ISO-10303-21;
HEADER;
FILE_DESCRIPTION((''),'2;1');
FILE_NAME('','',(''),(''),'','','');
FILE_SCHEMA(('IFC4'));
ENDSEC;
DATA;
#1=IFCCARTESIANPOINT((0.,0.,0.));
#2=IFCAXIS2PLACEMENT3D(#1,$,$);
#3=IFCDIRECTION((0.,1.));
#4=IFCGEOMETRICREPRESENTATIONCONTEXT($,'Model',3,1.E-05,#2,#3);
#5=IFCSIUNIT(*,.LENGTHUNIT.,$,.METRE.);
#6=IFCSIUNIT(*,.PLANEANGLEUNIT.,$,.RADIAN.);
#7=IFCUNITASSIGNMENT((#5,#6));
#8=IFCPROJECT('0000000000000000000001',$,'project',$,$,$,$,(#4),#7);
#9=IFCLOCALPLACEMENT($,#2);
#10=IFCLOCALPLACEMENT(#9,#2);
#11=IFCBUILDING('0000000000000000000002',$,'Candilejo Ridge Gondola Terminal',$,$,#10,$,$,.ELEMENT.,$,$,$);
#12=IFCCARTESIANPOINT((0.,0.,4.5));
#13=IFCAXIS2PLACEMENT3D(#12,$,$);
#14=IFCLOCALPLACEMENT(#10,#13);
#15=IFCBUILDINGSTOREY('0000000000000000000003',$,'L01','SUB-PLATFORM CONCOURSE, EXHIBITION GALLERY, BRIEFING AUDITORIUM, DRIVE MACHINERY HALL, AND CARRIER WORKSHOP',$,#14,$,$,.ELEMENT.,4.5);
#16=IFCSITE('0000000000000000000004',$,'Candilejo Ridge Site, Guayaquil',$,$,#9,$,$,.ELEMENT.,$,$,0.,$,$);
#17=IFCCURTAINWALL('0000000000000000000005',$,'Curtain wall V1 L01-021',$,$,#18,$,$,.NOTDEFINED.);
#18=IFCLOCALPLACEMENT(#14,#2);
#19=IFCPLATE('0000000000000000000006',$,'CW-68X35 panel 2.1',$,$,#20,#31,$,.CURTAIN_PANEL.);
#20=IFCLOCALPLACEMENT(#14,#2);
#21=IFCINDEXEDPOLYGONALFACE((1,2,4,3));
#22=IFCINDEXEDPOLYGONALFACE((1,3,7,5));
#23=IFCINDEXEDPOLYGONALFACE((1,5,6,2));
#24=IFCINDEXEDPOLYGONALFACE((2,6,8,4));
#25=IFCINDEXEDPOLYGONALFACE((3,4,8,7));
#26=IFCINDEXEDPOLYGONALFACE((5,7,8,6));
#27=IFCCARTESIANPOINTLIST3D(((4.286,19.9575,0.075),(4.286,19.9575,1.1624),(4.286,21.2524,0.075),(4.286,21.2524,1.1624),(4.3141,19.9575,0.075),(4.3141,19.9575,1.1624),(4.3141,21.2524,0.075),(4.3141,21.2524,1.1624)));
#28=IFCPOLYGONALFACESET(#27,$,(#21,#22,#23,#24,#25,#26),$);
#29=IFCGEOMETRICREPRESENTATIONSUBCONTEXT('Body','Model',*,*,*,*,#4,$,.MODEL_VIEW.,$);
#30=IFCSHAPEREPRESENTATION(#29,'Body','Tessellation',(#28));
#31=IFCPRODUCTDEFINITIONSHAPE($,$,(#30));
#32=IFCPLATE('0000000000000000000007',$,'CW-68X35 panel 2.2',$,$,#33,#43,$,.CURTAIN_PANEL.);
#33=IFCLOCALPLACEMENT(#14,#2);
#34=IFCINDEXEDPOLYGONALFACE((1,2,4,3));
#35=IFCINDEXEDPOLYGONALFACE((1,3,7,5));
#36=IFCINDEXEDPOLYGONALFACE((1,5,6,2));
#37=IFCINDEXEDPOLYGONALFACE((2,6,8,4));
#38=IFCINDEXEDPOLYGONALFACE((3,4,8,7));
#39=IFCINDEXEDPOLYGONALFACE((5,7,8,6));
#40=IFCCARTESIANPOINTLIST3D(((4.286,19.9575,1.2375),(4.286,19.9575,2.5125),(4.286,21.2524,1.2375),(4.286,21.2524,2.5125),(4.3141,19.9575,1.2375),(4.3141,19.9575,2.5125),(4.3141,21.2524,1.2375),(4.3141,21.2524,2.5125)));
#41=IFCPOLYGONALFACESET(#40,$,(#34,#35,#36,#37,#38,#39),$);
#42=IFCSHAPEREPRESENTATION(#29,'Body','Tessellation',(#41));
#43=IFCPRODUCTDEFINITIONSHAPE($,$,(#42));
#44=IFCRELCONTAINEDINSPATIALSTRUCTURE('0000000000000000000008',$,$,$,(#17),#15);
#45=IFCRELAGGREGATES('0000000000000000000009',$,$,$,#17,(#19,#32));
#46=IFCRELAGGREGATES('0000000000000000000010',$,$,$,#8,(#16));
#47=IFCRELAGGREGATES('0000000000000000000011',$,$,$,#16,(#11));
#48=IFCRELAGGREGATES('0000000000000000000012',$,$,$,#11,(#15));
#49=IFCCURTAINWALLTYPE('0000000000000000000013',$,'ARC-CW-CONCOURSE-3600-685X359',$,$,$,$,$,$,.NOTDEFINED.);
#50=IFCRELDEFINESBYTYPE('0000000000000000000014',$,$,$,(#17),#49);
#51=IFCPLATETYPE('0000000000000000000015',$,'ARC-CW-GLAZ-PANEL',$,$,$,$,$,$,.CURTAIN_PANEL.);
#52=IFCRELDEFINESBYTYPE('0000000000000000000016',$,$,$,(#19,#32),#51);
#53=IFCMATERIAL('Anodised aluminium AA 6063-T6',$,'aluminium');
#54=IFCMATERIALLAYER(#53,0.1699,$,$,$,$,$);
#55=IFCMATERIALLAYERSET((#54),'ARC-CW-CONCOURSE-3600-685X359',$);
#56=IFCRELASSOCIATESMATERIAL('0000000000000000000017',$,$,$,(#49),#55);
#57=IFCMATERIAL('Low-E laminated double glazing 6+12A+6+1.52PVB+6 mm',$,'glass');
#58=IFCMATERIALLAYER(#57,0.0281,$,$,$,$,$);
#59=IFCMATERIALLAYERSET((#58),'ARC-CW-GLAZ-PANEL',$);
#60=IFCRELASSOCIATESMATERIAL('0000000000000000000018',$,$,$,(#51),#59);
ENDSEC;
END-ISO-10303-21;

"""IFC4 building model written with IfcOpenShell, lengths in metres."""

from ifc_helpers import new_model, si_unit, direction, frame, origin, origin_2d, place, context, subcontext, project, spatial, rectangle, extrude, material, layer, layer_set, type_object, element, aggregate, save


model = new_model("IFC4")

# Units and contexts
model_context = context("Model", 3, precision=1e-05, world=origin(), true_north=direction((0.0, 1.0)))
body_context = subcontext(model_context, "Body", "Model", "MODEL_VIEW")
ifc_project = project(units=[si_unit("LENGTHUNIT", "METRE"), si_unit("PLANEANGLEUNIT", "RADIAN")], contexts=[model_context])

# Site, building, storey
site_placement = place(None, origin())
site = spatial("IfcSite", under=ifc_project, at=site_placement, Name="Candilejo Ridge Site, Guayaquil", CompositionType="ELEMENT", RefElevation=0.0)
building_placement = place(site_placement, origin())
building = spatial("IfcBuilding", under=site, at=building_placement, Name="Candilejo Ridge Gondola Terminal", CompositionType="ELEMENT")
storey_placement = place(building_placement, frame((0.0, 0.0, 4.5)))
storey = spatial("IfcBuildingStorey", under=building, at=storey_placement, Name="L01", Description="SUB-PLATFORM CONCOURSE, EXHIBITION GALLERY, BRIEFING AUDITORIUM, DRIVE MACHINERY HALL, AND CARRIER WORKSHOP", CompositionType="ELEMENT", Elevation=4.5)

# Shared definitions
ifc_material_1 = material(Name="Anodised aluminium AA 6063-T6", Category="aluminium")
ifc_layer_1 = layer(ifc_material_1, 0.1699)
ifc_layer_set_1 = layer_set([ifc_layer_1], Name="ARC-CW-CONCOURSE-3600-685X359")
curtain_wall_type = type_object("IfcCurtainWallType", Name="ARC-CW-CONCOURSE-3600-685X359", PredefinedType="NOTDEFINED", material=ifc_layer_set_1)

# Curtain wall
curtain_wall_1_placement = place(storey_placement, origin())
curtain_wall_1 = element("IfcCurtainWall", 1, at=curtain_wall_1_placement, inside=storey, type_object=curtain_wall_type, Name="Curtain wall V1 L01-021", PredefinedType="NOTDEFINED")

# Plates
ifc_material_2 = material(Name="Low-E laminated double glazing 6+12A+6+1.52PVB+6 mm", Category="glass")
ifc_layer_2 = layer(ifc_material_2, 0.0281)
ifc_layer_set_2 = layer_set([ifc_layer_2], Name="ARC-CW-GLAZ-PANEL")
plate_type = type_object("IfcPlateType", Name="ARC-CW-GLAZ-PANEL", PredefinedType="CURTAIN_PANEL", material=ifc_layer_set_2)
plate_1_placement = place(storey_placement, frame((4.3, 20.605, 0.075), z_axis=(0.0, 0.0, 1.0), x_axis=(0.0, 1.0, 0.0)))
plate_1 = element("IfcPlate", 2, at=plate_1_placement, type_object=plate_type, Name="CW-68X35 panel 2.1", PredefinedType="CURTAIN_PANEL", context=body_context, shape_type="SweptSolid", body=[
    extrude(rectangle(XDim=1.2949, YDim=0.0281, at=origin_2d()), origin(), (0.0, 0.0, 1.0), 1.0874),
])
plate_2_placement = place(storey_placement, frame((4.3, 20.605, 1.2375), z_axis=(0.0, 0.0, 1.0), x_axis=(0.0, 1.0, 0.0)))
plate_2 = element("IfcPlate", 3, at=plate_2_placement, type_object=plate_type, Name="CW-68X35 panel 2.2", PredefinedType="CURTAIN_PANEL", context=body_context, shape_type="SweptSolid", body=[
    extrude(rectangle(XDim=1.2949, YDim=0.0281, at=origin_2d()), origin(), (0.0, 0.0, 1.0), 1.2749),
])
aggregate(curtain_wall_1, [plate_1, plate_2])

save(model, "model.ifc")
